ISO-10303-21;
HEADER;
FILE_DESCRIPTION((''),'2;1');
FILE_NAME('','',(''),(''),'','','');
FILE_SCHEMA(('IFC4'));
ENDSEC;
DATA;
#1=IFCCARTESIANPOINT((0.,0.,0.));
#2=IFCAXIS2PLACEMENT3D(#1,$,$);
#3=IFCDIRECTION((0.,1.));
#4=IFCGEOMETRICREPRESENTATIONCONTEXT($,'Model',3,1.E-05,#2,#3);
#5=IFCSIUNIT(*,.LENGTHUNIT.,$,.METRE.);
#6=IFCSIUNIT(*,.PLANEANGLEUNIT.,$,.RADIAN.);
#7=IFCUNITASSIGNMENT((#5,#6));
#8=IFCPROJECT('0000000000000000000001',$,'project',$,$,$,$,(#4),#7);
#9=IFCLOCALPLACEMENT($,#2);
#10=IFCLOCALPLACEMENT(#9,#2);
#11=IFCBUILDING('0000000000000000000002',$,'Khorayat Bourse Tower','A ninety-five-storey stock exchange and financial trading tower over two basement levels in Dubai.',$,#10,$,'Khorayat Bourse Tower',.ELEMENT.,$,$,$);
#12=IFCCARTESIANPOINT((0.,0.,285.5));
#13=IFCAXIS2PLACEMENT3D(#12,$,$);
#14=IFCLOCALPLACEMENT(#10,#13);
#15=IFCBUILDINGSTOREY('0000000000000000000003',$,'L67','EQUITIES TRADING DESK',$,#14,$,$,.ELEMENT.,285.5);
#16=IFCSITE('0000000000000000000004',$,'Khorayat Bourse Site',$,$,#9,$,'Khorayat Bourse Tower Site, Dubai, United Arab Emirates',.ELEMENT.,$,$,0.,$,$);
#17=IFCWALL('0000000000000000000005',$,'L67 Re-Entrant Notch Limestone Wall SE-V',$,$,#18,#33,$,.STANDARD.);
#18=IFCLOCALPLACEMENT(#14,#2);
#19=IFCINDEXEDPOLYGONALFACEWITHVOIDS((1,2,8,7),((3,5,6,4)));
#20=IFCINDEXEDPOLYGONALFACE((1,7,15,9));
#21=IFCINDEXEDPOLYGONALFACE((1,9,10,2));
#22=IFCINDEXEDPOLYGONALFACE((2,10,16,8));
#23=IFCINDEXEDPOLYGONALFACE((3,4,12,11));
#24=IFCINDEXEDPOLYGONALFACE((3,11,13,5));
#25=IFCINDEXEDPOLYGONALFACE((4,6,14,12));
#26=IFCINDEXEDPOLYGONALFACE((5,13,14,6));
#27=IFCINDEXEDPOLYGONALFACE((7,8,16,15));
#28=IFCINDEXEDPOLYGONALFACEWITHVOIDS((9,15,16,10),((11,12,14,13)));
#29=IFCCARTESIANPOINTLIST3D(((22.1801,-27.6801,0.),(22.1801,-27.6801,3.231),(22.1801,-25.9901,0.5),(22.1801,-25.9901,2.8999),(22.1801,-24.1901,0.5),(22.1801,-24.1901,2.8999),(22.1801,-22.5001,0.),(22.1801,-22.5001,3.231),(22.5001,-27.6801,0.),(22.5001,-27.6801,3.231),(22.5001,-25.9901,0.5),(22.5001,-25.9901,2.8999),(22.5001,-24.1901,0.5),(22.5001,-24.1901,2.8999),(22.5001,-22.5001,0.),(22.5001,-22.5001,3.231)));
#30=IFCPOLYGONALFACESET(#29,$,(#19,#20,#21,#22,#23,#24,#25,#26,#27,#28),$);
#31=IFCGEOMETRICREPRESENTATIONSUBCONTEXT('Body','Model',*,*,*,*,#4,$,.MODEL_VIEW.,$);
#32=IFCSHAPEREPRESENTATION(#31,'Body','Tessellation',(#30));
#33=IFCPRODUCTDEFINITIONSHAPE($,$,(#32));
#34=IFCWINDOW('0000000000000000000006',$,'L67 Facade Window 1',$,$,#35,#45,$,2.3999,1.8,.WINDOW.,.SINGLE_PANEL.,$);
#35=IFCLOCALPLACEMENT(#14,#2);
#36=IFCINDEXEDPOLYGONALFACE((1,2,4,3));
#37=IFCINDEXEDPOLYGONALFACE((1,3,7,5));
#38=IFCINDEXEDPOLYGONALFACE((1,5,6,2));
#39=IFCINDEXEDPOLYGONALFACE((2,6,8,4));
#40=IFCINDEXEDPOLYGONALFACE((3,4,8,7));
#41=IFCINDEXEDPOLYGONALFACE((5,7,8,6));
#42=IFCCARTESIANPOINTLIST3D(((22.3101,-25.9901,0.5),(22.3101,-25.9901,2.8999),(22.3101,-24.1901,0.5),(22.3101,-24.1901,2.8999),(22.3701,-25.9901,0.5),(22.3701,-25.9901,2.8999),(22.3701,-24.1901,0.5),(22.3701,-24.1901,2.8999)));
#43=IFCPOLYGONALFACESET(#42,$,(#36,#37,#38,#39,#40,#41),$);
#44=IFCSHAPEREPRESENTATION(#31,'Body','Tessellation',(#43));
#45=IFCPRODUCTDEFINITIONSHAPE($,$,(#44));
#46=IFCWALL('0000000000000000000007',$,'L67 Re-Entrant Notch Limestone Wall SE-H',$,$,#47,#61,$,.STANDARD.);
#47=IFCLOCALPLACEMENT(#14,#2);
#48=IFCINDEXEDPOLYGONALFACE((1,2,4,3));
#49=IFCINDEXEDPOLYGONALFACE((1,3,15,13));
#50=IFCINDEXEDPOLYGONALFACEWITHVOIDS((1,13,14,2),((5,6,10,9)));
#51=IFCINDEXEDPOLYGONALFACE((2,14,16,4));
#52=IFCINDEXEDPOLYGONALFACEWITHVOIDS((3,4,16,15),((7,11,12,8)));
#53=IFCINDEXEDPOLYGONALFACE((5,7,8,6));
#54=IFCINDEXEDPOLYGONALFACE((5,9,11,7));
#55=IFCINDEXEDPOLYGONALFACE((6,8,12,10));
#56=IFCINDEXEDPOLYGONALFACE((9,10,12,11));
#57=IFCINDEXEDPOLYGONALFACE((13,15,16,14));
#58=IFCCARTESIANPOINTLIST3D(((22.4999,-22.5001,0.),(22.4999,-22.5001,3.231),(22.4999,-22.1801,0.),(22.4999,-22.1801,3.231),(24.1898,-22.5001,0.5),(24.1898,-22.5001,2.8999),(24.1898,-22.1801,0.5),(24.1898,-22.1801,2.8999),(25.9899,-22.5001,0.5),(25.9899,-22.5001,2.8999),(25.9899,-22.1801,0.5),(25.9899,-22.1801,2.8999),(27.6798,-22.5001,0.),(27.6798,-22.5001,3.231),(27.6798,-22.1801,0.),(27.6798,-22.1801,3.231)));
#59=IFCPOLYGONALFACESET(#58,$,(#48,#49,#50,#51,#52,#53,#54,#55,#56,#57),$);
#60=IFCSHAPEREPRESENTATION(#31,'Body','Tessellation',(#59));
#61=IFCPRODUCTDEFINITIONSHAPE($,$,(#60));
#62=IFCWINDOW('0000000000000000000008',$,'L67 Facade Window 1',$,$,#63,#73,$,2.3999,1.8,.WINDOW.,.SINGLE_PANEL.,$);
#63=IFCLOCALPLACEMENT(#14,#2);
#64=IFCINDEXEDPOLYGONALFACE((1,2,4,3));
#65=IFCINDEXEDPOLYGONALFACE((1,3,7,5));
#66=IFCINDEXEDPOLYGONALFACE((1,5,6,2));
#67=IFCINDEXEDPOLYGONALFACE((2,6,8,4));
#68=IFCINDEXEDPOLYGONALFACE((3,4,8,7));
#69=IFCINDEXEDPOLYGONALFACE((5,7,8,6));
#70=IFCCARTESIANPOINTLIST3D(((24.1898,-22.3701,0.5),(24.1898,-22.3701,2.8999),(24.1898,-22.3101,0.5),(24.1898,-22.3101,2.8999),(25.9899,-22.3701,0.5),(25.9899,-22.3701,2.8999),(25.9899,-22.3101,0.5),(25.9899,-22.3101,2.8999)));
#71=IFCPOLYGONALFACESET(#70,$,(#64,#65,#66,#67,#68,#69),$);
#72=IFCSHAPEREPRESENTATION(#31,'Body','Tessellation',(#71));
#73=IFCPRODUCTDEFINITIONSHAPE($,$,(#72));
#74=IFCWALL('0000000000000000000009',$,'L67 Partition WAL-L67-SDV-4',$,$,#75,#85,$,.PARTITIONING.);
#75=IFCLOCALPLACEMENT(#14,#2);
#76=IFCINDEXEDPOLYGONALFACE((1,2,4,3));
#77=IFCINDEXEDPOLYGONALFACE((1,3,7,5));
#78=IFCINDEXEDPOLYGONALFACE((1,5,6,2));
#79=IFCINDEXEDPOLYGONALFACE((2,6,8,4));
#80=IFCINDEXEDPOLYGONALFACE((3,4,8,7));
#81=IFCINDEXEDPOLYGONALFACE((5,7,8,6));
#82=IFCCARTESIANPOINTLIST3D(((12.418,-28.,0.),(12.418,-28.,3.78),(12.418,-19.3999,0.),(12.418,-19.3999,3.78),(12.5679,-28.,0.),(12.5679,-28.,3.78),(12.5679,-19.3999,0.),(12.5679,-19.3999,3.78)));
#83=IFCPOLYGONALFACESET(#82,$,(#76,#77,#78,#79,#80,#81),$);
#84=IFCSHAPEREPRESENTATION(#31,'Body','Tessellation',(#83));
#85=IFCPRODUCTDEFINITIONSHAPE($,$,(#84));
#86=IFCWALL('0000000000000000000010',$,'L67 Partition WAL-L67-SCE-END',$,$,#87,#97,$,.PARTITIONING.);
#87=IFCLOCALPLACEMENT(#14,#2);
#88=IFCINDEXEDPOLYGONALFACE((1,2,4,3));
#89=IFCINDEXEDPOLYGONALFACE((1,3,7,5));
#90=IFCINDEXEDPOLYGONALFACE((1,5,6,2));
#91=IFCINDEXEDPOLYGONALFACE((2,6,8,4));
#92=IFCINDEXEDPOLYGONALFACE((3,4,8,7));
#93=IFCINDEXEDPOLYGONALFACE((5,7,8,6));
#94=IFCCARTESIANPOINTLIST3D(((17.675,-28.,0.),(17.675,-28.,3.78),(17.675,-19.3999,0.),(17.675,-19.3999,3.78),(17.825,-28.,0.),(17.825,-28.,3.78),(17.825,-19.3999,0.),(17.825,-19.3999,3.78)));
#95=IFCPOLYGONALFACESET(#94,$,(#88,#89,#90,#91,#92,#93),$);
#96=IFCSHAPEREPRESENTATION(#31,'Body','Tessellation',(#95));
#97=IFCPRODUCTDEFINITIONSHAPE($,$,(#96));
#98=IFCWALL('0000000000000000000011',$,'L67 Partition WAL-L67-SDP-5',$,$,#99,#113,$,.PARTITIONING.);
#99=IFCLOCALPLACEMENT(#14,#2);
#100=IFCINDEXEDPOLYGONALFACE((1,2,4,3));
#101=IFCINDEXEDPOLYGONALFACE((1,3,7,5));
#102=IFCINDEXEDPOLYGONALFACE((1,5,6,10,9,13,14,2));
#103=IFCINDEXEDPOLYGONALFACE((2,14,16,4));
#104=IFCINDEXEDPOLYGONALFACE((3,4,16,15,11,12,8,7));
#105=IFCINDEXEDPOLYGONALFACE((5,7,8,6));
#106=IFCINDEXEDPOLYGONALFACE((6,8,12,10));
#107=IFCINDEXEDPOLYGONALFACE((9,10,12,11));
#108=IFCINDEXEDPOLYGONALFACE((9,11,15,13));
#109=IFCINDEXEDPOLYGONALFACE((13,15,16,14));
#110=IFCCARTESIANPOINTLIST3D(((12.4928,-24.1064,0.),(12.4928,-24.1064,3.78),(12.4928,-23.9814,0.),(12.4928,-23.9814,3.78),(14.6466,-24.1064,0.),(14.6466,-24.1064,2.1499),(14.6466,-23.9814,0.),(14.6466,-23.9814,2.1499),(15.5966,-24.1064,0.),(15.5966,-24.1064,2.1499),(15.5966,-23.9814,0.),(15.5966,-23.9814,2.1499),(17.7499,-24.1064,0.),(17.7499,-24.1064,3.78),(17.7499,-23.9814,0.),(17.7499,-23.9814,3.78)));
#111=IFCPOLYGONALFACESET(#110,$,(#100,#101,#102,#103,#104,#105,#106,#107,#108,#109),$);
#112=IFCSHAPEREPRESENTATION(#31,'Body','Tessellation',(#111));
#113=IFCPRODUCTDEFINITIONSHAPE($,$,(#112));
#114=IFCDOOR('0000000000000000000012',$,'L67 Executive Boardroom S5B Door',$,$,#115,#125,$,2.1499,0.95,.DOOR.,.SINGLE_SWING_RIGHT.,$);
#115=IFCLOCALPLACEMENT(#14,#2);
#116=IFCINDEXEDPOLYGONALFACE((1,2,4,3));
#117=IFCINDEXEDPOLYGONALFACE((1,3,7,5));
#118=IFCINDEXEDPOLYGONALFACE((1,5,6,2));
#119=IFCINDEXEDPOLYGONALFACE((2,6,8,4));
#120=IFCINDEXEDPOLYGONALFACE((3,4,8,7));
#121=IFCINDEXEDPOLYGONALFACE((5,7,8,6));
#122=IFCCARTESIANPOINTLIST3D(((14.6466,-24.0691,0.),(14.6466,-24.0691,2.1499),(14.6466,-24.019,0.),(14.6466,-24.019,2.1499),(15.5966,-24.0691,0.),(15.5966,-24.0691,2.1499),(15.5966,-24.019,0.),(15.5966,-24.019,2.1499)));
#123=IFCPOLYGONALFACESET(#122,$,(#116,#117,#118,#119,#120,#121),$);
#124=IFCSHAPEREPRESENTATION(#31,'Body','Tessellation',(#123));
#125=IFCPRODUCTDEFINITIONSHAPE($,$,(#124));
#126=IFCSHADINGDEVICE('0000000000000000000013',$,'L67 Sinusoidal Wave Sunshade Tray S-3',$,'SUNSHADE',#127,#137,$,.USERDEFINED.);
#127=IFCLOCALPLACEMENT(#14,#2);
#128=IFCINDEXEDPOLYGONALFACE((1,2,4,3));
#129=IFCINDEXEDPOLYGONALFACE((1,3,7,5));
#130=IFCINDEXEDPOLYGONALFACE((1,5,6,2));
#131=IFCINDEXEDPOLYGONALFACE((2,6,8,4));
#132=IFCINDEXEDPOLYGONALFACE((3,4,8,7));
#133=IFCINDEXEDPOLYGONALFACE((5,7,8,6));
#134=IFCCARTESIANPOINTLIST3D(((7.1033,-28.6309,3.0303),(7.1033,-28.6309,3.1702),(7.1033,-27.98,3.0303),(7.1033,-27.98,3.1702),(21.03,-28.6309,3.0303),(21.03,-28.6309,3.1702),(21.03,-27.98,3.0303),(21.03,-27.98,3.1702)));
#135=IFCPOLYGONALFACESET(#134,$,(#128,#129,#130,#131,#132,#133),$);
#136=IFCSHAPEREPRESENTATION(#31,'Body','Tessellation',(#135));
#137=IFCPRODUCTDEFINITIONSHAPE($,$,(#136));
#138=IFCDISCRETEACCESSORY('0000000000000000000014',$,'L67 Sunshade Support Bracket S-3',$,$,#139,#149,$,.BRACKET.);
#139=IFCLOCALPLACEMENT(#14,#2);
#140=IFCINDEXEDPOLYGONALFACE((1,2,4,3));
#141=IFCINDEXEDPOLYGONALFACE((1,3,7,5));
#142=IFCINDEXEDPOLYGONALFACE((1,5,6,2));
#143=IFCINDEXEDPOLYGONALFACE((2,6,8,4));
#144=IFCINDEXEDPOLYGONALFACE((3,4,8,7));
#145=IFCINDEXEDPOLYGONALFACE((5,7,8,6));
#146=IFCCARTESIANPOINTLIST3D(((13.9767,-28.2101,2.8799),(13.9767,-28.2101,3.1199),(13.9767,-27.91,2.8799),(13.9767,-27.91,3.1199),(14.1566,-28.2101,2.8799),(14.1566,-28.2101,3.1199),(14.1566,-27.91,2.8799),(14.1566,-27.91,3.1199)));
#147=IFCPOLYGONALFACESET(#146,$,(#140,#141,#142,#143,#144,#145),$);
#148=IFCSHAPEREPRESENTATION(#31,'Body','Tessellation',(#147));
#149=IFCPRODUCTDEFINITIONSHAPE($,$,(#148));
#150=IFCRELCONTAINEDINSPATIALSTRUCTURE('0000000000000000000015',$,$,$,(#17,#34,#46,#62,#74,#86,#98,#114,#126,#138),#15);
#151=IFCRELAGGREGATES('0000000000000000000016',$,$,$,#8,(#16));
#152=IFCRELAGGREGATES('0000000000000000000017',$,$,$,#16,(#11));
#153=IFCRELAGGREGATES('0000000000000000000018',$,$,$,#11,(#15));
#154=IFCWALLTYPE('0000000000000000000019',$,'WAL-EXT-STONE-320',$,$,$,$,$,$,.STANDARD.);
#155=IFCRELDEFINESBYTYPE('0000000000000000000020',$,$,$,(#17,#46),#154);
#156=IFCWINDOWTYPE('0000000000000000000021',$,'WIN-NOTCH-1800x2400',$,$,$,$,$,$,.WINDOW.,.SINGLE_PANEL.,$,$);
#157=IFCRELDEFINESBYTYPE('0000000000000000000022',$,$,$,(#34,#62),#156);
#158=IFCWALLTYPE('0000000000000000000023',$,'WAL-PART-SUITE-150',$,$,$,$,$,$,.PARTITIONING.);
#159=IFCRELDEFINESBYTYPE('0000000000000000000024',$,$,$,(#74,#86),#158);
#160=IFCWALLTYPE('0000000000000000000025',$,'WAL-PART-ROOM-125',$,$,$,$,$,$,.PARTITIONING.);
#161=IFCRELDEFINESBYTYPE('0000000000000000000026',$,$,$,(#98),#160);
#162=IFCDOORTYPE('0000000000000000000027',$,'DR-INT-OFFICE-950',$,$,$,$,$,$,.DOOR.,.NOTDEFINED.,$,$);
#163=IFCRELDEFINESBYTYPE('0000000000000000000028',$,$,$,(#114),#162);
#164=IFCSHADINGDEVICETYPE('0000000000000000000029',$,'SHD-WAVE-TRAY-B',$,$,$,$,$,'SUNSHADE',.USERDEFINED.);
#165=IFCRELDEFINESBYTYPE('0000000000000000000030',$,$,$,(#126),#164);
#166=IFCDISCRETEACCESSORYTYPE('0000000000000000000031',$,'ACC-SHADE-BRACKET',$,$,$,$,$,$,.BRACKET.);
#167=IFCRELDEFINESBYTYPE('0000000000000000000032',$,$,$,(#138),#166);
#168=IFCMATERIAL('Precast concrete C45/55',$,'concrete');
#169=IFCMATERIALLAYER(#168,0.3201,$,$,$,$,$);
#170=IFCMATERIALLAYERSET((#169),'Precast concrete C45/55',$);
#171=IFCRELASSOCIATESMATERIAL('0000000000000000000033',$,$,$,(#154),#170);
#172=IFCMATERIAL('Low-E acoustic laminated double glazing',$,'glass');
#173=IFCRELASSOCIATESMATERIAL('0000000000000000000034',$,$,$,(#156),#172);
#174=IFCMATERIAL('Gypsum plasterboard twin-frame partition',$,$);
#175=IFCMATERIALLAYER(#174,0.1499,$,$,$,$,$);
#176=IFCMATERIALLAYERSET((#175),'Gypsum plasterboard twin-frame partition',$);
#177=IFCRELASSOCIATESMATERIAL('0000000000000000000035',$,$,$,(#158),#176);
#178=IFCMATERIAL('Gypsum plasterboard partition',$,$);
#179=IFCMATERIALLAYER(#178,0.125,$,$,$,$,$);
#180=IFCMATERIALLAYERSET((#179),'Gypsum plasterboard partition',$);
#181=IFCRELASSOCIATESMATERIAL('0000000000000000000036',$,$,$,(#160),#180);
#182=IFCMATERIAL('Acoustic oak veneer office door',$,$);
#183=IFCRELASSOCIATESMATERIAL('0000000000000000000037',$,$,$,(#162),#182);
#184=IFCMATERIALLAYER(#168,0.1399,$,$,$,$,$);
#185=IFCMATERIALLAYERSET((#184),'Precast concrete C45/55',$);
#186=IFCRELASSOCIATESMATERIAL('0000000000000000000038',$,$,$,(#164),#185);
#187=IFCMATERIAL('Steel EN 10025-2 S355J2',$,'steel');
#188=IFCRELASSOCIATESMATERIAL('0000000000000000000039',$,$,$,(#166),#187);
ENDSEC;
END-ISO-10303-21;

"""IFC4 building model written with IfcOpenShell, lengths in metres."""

from ifc_helpers import new_model, si_unit, direction, frame, frame_2d, origin, origin_2d, place, context, subcontext, project, spatial, rectangle, extrude, source, transform, mapped, material, layer, layer_set, type_object, element, fill, save


model = new_model("IFC4")

# Units and contexts
model_context = context("Model", 3, precision=1e-05, world=origin(), true_north=direction((0.0, 1.0)))
body_context = subcontext(model_context, "Body", "Model", "MODEL_VIEW")
ifc_project = project(units=[si_unit("LENGTHUNIT", "METRE"), si_unit("PLANEANGLEUNIT", "RADIAN")], contexts=[model_context])

# Site, building, storey
site_placement = place(None, origin())
site = spatial("IfcSite", under=ifc_project, at=site_placement, Name="Khorayat Bourse Site", LongName="Khorayat Bourse Tower Site, Dubai, United Arab Emirates", CompositionType="ELEMENT", RefElevation=0.0)
building_placement = place(site_placement, origin())
building = spatial("IfcBuilding", under=site, at=building_placement, Name="Khorayat Bourse Tower", Description="A ninety-five-storey stock exchange and financial trading tower over two basement levels in Dubai.", LongName="Khorayat Bourse Tower", CompositionType="ELEMENT")
storey_placement = place(building_placement, frame((0.0, 0.0, 285.5)))
storey = spatial("IfcBuildingStorey", under=building, at=storey_placement, Name="L67", Description="EQUITIES TRADING DESK", CompositionType="ELEMENT", Elevation=285.5)

# Walls, openings, windows
ifc_material_1 = material(Name="Precast concrete C45/55", Category="concrete")
ifc_layer_1 = layer(ifc_material_1, 0.3201)
ifc_layer_set_1 = layer_set([ifc_layer_1], Name="Precast concrete C45/55")
wall_type_1 = type_object("IfcWallType", Name="WAL-EXT-STONE-320", PredefinedType="STANDARD", material=ifc_layer_set_1)
shared_shape_1 = source(origin(), body_context, "Body", "SweptSolid", [
    extrude(rectangle(XDim=5.1799, YDim=0.3201, at=frame_2d((2.5898, 0.0))), origin(), (0.0, 0.0, 1.0), 3.231),
])
wall_1_placement = place(storey_placement, frame((22.3401, -27.6799, 0.0), z_axis=(0.0, 0.0, 1.0), x_axis=(0.0, 1.0, 0.0)))
wall_1 = element("IfcWall", 1, at=wall_1_placement, inside=storey, type_object=wall_type_1, Name="L67 Re-Entrant Notch Limestone Wall SE-V", PredefinedType="STANDARD", context=body_context, shape_type="MappedRepresentation", body=[
    mapped(shared_shape_1, transform((0.0, 0.0, 0.0), scale=1.0)),
])
shared_shape_2 = source(origin(), body_context, "Body", "SweptSolid", [
    extrude(rectangle(XDim=1.8, YDim=2.3999, at=frame_2d((0.8999, 1.2))), frame((0.0, 0.1699, 0.0), z_axis=(0.0, -1.0, 0.0), x_axis=(1.0, 0.0, 0.0)), (0.0, 0.0, 1.0), 0.3401),
])
opening_1_placement = place(wall_1_placement, frame((1.6899, 0.0, 0.5)))
opening_1 = element("IfcOpeningElement", 2, at=opening_1_placement, cuts=wall_1, PredefinedType="OPENING", context=body_context, shape_type="MappedRepresentation", body=[
    mapped(shared_shape_2, transform((0.0, 0.0, 0.0), scale=1.0)),
])
ifc_material_2 = material(Name="Low-E acoustic laminated double glazing", Category="glass")
window_type = type_object("IfcWindowType", Name="WIN-NOTCH-1800x2400", PartitioningType="SINGLE_PANEL", PredefinedType="WINDOW", material=ifc_material_2)
shared_shape_3 = source(origin(), body_context, "Body", "SweptSolid", [
    extrude(rectangle(XDim=1.8, YDim=2.3999, at=frame_2d((0.8999, 1.2))), frame((0.0, 0.03, 0.0), z_axis=(0.0, -1.0, 0.0), x_axis=(1.0, 0.0, 0.0)), (0.0, 0.0, 1.0), 0.0601),
])
window_1_placement = place(opening_1_placement, origin())
window_1 = element("IfcWindow", 3, at=window_1_placement, inside=storey, type_object=window_type, Name="L67 Facade Window 1", OverallHeight=2.3999, OverallWidth=1.8, PartitioningType="SINGLE_PANEL", PredefinedType="WINDOW", context=body_context, shape_type="MappedRepresentation", body=[
    mapped(shared_shape_3, transform((0.0, 0.0, 0.0), scale=1.0)),
])
fill(opening_1, window_1)
wall_2_placement = place(storey_placement, frame((22.5, -22.3401, 0.0), z_axis=(0.0, 0.0, 1.0), x_axis=(1.0, 0.0, 0.0)))
wall_2 = element("IfcWall", 4, at=wall_2_placement, inside=storey, type_object=wall_type_1, Name="L67 Re-Entrant Notch Limestone Wall SE-H", PredefinedType="STANDARD", context=body_context, shape_type="MappedRepresentation", body=[
    mapped(shared_shape_1, transform((0.0, 0.0, 0.0), scale=1.0)),
])
opening_2_placement = place(wall_2_placement, frame((1.6899, 0.0, 0.5)))
opening_2 = element("IfcOpeningElement", 5, at=opening_2_placement, cuts=wall_2, PredefinedType="OPENING", context=body_context, shape_type="MappedRepresentation", body=[
    mapped(shared_shape_2, transform((0.0, 0.0, 0.0), scale=1.0)),
])
window_2_placement = place(opening_2_placement, origin())
window_2 = element("IfcWindow", 6, at=window_2_placement, inside=storey, type_object=window_type, Name="L67 Facade Window 1", OverallHeight=2.3999, OverallWidth=1.8, PartitioningType="SINGLE_PANEL", PredefinedType="WINDOW", context=body_context, shape_type="MappedRepresentation", body=[
    mapped(shared_shape_3, transform((0.0, 0.0, 0.0), scale=1.0)),
])
fill(opening_2, window_2)

# Walls
ifc_material_3 = material(Name="Gypsum plasterboard twin-frame partition")
ifc_layer_2 = layer(ifc_material_3, 0.1499)
ifc_layer_set_2 = layer_set([ifc_layer_2], Name="Gypsum plasterboard twin-frame partition")
wall_type_2 = type_object("IfcWallType", Name="WAL-PART-SUITE-150", PredefinedType="PARTITIONING", material=ifc_layer_set_2)
shared_shape_4 = source(origin(), body_context, "Body", "SweptSolid", [
    extrude(rectangle(XDim=8.6001, YDim=0.1499, at=frame_2d((4.3, 0.0))), origin(), (0.0, 0.0, 1.0), 3.78),
])
for number, where, z_axis, x_axis, name in (
    (7, (12.4929, -28.0, 0.0), (0.0, 0.0, 1.0), (0.0, 1.0, 0.0), "L67 Partition WAL-L67-SDV-4"),
    (8, (17.75, -28.0, 0.0), (0.0, 0.0, 1.0), (0.0, 1.0, 0.0), "L67 Partition WAL-L67-SCE-END"),
):
    element("IfcWall", number, at=place(storey_placement, frame(where, z_axis=z_axis, x_axis=x_axis)), inside=storey, type_object=wall_type_2, Name=name, PredefinedType="PARTITIONING", context=body_context, shape_type="MappedRepresentation", body=[
        mapped(shared_shape_4, transform((0.0, 0.0, 0.0), scale=1.0)),
    ])

# Wall, opening, door
ifc_material_4 = material(Name="Gypsum plasterboard partition")
ifc_layer_3 = layer(ifc_material_4, 0.125)
ifc_layer_set_3 = layer_set([ifc_layer_3], Name="Gypsum plasterboard partition")
wall_type_3 = type_object("IfcWallType", Name="WAL-PART-ROOM-125", PredefinedType="PARTITIONING", material=ifc_layer_set_3)
shared_shape_5 = source(origin(), body_context, "Body", "SweptSolid", [
    extrude(rectangle(XDim=5.2571, YDim=0.125, at=frame_2d((2.6284, 0.0))), origin(), (0.0, 0.0, 1.0), 3.78),
])
wall_3_placement = place(storey_placement, frame((12.4929, -24.0439, 0.0), z_axis=(0.0, 0.0, 1.0), x_axis=(1.0, 0.0, 0.0)))
wall_3 = element("IfcWall", 9, at=wall_3_placement, inside=storey, type_object=wall_type_3, Name="L67 Partition WAL-L67-SDP-5", PredefinedType="PARTITIONING", context=body_context, shape_type="MappedRepresentation", body=[
    mapped(shared_shape_5, transform((0.0, 0.0, 0.0), scale=1.0)),
])
shared_shape_6 = source(origin(), body_context, "Body", "SweptSolid", [
    extrude(rectangle(XDim=0.95, YDim=2.1499, at=frame_2d((0.4751, 1.075))), frame((0.0, 0.0725, 0.0), z_axis=(0.0, -1.0, 0.0), x_axis=(1.0, 0.0, 0.0)), (0.0, 0.0, 1.0), 0.145),
])
opening_3_placement = place(wall_3_placement, frame((2.1536, 0.0, 0.0)))
opening_3 = element("IfcOpeningElement", 10, at=opening_3_placement, cuts=wall_3, PredefinedType="OPENING", context=body_context, shape_type="MappedRepresentation", body=[
    mapped(shared_shape_6, transform((0.0, 0.0, 0.0), scale=1.0)),
])
ifc_material_5 = material(Name="Acoustic oak veneer office door")
door_type = type_object("IfcDoorType", Name="DR-INT-OFFICE-950", OperationType="NOTDEFINED", PredefinedType="DOOR", material=ifc_material_5)
shared_shape_7 = source(origin(), body_context, "Body", "SweptSolid", [
    extrude(rectangle(XDim=0.95, YDim=2.1499, at=frame_2d((0.4751, 1.075))), frame((0.0, 0.0249, 0.0), z_axis=(0.0, -1.0, 0.0), x_axis=(1.0, 0.0, 0.0)), (0.0, 0.0, 1.0), 0.05),
])
door_placement = place(opening_3_placement, origin())
door = element("IfcDoor", 11, at=door_placement, inside=storey, type_object=door_type, Name="L67 Executive Boardroom S5B Door", OperationType="SINGLE_SWING_RIGHT", OverallHeight=2.1499, OverallWidth=0.95, PredefinedType="DOOR", context=body_context, shape_type="MappedRepresentation", body=[
    mapped(shared_shape_7, transform((0.0, 0.0, 0.0), scale=1.0)),
])
fill(opening_3, door)

# Shading device
ifc_layer_4 = layer(ifc_material_1, 0.1399)
ifc_layer_set_4 = layer_set([ifc_layer_4], Name="Precast concrete C45/55")
shading_device_type = type_object("IfcShadingDeviceType", Name="SHD-WAVE-TRAY-B", ElementType="SUNSHADE", PredefinedType="USERDEFINED", material=ifc_layer_set_4)
shared_shape_8 = source(origin(), body_context, "Body", "SweptSolid", [
    extrude(rectangle(XDim=13.9268, YDim=0.6509, at=origin_2d()), origin(), (0.0, 0.0, 1.0), 0.1399),
])
shading_device_placement = place(storey_placement, frame((14.0667, -28.3054, 3.0303), z_axis=(0.0, 0.0, 1.0), x_axis=(1.0, 0.0, 0.0)))
element("IfcShadingDevice", 12, at=shading_device_placement, inside=storey, type_object=shading_device_type, Name="L67 Sinusoidal Wave Sunshade Tray S-3", ObjectType="SUNSHADE", PredefinedType="USERDEFINED", context=body_context, shape_type="MappedRepresentation", body=[
    mapped(shared_shape_8, transform((0.0, 0.0, 0.0), scale=1.0)),
])

# Discrete accessory
ifc_material_6 = material(Name="Steel EN 10025-2 S355J2", Category="steel")
discrete_accessory_type = type_object("IfcDiscreteAccessoryType", Name="ACC-SHADE-BRACKET", PredefinedType="BRACKET", material=ifc_material_6)
shared_shape_9 = source(origin(), body_context, "Body", "SweptSolid", [
    extrude(rectangle(XDim=0.1799, YDim=0.3, at=origin_2d()), origin(), (0.0, 0.0, 1.0), 0.24),
])
discrete_accessory_placement = place(storey_placement, frame((14.0667, -28.0601, 2.8799), z_axis=(0.0, 0.0, 1.0), x_axis=(1.0, 0.0, 0.0)))
element("IfcDiscreteAccessory", 13, at=discrete_accessory_placement, inside=storey, type_object=discrete_accessory_type, Name="L67 Sunshade Support Bracket S-3", PredefinedType="BRACKET", context=body_context, shape_type="MappedRepresentation", body=[
    mapped(shared_shape_9, transform((0.0, 0.0, 0.0), scale=1.0)),
])

save(model, "model.ifc")
